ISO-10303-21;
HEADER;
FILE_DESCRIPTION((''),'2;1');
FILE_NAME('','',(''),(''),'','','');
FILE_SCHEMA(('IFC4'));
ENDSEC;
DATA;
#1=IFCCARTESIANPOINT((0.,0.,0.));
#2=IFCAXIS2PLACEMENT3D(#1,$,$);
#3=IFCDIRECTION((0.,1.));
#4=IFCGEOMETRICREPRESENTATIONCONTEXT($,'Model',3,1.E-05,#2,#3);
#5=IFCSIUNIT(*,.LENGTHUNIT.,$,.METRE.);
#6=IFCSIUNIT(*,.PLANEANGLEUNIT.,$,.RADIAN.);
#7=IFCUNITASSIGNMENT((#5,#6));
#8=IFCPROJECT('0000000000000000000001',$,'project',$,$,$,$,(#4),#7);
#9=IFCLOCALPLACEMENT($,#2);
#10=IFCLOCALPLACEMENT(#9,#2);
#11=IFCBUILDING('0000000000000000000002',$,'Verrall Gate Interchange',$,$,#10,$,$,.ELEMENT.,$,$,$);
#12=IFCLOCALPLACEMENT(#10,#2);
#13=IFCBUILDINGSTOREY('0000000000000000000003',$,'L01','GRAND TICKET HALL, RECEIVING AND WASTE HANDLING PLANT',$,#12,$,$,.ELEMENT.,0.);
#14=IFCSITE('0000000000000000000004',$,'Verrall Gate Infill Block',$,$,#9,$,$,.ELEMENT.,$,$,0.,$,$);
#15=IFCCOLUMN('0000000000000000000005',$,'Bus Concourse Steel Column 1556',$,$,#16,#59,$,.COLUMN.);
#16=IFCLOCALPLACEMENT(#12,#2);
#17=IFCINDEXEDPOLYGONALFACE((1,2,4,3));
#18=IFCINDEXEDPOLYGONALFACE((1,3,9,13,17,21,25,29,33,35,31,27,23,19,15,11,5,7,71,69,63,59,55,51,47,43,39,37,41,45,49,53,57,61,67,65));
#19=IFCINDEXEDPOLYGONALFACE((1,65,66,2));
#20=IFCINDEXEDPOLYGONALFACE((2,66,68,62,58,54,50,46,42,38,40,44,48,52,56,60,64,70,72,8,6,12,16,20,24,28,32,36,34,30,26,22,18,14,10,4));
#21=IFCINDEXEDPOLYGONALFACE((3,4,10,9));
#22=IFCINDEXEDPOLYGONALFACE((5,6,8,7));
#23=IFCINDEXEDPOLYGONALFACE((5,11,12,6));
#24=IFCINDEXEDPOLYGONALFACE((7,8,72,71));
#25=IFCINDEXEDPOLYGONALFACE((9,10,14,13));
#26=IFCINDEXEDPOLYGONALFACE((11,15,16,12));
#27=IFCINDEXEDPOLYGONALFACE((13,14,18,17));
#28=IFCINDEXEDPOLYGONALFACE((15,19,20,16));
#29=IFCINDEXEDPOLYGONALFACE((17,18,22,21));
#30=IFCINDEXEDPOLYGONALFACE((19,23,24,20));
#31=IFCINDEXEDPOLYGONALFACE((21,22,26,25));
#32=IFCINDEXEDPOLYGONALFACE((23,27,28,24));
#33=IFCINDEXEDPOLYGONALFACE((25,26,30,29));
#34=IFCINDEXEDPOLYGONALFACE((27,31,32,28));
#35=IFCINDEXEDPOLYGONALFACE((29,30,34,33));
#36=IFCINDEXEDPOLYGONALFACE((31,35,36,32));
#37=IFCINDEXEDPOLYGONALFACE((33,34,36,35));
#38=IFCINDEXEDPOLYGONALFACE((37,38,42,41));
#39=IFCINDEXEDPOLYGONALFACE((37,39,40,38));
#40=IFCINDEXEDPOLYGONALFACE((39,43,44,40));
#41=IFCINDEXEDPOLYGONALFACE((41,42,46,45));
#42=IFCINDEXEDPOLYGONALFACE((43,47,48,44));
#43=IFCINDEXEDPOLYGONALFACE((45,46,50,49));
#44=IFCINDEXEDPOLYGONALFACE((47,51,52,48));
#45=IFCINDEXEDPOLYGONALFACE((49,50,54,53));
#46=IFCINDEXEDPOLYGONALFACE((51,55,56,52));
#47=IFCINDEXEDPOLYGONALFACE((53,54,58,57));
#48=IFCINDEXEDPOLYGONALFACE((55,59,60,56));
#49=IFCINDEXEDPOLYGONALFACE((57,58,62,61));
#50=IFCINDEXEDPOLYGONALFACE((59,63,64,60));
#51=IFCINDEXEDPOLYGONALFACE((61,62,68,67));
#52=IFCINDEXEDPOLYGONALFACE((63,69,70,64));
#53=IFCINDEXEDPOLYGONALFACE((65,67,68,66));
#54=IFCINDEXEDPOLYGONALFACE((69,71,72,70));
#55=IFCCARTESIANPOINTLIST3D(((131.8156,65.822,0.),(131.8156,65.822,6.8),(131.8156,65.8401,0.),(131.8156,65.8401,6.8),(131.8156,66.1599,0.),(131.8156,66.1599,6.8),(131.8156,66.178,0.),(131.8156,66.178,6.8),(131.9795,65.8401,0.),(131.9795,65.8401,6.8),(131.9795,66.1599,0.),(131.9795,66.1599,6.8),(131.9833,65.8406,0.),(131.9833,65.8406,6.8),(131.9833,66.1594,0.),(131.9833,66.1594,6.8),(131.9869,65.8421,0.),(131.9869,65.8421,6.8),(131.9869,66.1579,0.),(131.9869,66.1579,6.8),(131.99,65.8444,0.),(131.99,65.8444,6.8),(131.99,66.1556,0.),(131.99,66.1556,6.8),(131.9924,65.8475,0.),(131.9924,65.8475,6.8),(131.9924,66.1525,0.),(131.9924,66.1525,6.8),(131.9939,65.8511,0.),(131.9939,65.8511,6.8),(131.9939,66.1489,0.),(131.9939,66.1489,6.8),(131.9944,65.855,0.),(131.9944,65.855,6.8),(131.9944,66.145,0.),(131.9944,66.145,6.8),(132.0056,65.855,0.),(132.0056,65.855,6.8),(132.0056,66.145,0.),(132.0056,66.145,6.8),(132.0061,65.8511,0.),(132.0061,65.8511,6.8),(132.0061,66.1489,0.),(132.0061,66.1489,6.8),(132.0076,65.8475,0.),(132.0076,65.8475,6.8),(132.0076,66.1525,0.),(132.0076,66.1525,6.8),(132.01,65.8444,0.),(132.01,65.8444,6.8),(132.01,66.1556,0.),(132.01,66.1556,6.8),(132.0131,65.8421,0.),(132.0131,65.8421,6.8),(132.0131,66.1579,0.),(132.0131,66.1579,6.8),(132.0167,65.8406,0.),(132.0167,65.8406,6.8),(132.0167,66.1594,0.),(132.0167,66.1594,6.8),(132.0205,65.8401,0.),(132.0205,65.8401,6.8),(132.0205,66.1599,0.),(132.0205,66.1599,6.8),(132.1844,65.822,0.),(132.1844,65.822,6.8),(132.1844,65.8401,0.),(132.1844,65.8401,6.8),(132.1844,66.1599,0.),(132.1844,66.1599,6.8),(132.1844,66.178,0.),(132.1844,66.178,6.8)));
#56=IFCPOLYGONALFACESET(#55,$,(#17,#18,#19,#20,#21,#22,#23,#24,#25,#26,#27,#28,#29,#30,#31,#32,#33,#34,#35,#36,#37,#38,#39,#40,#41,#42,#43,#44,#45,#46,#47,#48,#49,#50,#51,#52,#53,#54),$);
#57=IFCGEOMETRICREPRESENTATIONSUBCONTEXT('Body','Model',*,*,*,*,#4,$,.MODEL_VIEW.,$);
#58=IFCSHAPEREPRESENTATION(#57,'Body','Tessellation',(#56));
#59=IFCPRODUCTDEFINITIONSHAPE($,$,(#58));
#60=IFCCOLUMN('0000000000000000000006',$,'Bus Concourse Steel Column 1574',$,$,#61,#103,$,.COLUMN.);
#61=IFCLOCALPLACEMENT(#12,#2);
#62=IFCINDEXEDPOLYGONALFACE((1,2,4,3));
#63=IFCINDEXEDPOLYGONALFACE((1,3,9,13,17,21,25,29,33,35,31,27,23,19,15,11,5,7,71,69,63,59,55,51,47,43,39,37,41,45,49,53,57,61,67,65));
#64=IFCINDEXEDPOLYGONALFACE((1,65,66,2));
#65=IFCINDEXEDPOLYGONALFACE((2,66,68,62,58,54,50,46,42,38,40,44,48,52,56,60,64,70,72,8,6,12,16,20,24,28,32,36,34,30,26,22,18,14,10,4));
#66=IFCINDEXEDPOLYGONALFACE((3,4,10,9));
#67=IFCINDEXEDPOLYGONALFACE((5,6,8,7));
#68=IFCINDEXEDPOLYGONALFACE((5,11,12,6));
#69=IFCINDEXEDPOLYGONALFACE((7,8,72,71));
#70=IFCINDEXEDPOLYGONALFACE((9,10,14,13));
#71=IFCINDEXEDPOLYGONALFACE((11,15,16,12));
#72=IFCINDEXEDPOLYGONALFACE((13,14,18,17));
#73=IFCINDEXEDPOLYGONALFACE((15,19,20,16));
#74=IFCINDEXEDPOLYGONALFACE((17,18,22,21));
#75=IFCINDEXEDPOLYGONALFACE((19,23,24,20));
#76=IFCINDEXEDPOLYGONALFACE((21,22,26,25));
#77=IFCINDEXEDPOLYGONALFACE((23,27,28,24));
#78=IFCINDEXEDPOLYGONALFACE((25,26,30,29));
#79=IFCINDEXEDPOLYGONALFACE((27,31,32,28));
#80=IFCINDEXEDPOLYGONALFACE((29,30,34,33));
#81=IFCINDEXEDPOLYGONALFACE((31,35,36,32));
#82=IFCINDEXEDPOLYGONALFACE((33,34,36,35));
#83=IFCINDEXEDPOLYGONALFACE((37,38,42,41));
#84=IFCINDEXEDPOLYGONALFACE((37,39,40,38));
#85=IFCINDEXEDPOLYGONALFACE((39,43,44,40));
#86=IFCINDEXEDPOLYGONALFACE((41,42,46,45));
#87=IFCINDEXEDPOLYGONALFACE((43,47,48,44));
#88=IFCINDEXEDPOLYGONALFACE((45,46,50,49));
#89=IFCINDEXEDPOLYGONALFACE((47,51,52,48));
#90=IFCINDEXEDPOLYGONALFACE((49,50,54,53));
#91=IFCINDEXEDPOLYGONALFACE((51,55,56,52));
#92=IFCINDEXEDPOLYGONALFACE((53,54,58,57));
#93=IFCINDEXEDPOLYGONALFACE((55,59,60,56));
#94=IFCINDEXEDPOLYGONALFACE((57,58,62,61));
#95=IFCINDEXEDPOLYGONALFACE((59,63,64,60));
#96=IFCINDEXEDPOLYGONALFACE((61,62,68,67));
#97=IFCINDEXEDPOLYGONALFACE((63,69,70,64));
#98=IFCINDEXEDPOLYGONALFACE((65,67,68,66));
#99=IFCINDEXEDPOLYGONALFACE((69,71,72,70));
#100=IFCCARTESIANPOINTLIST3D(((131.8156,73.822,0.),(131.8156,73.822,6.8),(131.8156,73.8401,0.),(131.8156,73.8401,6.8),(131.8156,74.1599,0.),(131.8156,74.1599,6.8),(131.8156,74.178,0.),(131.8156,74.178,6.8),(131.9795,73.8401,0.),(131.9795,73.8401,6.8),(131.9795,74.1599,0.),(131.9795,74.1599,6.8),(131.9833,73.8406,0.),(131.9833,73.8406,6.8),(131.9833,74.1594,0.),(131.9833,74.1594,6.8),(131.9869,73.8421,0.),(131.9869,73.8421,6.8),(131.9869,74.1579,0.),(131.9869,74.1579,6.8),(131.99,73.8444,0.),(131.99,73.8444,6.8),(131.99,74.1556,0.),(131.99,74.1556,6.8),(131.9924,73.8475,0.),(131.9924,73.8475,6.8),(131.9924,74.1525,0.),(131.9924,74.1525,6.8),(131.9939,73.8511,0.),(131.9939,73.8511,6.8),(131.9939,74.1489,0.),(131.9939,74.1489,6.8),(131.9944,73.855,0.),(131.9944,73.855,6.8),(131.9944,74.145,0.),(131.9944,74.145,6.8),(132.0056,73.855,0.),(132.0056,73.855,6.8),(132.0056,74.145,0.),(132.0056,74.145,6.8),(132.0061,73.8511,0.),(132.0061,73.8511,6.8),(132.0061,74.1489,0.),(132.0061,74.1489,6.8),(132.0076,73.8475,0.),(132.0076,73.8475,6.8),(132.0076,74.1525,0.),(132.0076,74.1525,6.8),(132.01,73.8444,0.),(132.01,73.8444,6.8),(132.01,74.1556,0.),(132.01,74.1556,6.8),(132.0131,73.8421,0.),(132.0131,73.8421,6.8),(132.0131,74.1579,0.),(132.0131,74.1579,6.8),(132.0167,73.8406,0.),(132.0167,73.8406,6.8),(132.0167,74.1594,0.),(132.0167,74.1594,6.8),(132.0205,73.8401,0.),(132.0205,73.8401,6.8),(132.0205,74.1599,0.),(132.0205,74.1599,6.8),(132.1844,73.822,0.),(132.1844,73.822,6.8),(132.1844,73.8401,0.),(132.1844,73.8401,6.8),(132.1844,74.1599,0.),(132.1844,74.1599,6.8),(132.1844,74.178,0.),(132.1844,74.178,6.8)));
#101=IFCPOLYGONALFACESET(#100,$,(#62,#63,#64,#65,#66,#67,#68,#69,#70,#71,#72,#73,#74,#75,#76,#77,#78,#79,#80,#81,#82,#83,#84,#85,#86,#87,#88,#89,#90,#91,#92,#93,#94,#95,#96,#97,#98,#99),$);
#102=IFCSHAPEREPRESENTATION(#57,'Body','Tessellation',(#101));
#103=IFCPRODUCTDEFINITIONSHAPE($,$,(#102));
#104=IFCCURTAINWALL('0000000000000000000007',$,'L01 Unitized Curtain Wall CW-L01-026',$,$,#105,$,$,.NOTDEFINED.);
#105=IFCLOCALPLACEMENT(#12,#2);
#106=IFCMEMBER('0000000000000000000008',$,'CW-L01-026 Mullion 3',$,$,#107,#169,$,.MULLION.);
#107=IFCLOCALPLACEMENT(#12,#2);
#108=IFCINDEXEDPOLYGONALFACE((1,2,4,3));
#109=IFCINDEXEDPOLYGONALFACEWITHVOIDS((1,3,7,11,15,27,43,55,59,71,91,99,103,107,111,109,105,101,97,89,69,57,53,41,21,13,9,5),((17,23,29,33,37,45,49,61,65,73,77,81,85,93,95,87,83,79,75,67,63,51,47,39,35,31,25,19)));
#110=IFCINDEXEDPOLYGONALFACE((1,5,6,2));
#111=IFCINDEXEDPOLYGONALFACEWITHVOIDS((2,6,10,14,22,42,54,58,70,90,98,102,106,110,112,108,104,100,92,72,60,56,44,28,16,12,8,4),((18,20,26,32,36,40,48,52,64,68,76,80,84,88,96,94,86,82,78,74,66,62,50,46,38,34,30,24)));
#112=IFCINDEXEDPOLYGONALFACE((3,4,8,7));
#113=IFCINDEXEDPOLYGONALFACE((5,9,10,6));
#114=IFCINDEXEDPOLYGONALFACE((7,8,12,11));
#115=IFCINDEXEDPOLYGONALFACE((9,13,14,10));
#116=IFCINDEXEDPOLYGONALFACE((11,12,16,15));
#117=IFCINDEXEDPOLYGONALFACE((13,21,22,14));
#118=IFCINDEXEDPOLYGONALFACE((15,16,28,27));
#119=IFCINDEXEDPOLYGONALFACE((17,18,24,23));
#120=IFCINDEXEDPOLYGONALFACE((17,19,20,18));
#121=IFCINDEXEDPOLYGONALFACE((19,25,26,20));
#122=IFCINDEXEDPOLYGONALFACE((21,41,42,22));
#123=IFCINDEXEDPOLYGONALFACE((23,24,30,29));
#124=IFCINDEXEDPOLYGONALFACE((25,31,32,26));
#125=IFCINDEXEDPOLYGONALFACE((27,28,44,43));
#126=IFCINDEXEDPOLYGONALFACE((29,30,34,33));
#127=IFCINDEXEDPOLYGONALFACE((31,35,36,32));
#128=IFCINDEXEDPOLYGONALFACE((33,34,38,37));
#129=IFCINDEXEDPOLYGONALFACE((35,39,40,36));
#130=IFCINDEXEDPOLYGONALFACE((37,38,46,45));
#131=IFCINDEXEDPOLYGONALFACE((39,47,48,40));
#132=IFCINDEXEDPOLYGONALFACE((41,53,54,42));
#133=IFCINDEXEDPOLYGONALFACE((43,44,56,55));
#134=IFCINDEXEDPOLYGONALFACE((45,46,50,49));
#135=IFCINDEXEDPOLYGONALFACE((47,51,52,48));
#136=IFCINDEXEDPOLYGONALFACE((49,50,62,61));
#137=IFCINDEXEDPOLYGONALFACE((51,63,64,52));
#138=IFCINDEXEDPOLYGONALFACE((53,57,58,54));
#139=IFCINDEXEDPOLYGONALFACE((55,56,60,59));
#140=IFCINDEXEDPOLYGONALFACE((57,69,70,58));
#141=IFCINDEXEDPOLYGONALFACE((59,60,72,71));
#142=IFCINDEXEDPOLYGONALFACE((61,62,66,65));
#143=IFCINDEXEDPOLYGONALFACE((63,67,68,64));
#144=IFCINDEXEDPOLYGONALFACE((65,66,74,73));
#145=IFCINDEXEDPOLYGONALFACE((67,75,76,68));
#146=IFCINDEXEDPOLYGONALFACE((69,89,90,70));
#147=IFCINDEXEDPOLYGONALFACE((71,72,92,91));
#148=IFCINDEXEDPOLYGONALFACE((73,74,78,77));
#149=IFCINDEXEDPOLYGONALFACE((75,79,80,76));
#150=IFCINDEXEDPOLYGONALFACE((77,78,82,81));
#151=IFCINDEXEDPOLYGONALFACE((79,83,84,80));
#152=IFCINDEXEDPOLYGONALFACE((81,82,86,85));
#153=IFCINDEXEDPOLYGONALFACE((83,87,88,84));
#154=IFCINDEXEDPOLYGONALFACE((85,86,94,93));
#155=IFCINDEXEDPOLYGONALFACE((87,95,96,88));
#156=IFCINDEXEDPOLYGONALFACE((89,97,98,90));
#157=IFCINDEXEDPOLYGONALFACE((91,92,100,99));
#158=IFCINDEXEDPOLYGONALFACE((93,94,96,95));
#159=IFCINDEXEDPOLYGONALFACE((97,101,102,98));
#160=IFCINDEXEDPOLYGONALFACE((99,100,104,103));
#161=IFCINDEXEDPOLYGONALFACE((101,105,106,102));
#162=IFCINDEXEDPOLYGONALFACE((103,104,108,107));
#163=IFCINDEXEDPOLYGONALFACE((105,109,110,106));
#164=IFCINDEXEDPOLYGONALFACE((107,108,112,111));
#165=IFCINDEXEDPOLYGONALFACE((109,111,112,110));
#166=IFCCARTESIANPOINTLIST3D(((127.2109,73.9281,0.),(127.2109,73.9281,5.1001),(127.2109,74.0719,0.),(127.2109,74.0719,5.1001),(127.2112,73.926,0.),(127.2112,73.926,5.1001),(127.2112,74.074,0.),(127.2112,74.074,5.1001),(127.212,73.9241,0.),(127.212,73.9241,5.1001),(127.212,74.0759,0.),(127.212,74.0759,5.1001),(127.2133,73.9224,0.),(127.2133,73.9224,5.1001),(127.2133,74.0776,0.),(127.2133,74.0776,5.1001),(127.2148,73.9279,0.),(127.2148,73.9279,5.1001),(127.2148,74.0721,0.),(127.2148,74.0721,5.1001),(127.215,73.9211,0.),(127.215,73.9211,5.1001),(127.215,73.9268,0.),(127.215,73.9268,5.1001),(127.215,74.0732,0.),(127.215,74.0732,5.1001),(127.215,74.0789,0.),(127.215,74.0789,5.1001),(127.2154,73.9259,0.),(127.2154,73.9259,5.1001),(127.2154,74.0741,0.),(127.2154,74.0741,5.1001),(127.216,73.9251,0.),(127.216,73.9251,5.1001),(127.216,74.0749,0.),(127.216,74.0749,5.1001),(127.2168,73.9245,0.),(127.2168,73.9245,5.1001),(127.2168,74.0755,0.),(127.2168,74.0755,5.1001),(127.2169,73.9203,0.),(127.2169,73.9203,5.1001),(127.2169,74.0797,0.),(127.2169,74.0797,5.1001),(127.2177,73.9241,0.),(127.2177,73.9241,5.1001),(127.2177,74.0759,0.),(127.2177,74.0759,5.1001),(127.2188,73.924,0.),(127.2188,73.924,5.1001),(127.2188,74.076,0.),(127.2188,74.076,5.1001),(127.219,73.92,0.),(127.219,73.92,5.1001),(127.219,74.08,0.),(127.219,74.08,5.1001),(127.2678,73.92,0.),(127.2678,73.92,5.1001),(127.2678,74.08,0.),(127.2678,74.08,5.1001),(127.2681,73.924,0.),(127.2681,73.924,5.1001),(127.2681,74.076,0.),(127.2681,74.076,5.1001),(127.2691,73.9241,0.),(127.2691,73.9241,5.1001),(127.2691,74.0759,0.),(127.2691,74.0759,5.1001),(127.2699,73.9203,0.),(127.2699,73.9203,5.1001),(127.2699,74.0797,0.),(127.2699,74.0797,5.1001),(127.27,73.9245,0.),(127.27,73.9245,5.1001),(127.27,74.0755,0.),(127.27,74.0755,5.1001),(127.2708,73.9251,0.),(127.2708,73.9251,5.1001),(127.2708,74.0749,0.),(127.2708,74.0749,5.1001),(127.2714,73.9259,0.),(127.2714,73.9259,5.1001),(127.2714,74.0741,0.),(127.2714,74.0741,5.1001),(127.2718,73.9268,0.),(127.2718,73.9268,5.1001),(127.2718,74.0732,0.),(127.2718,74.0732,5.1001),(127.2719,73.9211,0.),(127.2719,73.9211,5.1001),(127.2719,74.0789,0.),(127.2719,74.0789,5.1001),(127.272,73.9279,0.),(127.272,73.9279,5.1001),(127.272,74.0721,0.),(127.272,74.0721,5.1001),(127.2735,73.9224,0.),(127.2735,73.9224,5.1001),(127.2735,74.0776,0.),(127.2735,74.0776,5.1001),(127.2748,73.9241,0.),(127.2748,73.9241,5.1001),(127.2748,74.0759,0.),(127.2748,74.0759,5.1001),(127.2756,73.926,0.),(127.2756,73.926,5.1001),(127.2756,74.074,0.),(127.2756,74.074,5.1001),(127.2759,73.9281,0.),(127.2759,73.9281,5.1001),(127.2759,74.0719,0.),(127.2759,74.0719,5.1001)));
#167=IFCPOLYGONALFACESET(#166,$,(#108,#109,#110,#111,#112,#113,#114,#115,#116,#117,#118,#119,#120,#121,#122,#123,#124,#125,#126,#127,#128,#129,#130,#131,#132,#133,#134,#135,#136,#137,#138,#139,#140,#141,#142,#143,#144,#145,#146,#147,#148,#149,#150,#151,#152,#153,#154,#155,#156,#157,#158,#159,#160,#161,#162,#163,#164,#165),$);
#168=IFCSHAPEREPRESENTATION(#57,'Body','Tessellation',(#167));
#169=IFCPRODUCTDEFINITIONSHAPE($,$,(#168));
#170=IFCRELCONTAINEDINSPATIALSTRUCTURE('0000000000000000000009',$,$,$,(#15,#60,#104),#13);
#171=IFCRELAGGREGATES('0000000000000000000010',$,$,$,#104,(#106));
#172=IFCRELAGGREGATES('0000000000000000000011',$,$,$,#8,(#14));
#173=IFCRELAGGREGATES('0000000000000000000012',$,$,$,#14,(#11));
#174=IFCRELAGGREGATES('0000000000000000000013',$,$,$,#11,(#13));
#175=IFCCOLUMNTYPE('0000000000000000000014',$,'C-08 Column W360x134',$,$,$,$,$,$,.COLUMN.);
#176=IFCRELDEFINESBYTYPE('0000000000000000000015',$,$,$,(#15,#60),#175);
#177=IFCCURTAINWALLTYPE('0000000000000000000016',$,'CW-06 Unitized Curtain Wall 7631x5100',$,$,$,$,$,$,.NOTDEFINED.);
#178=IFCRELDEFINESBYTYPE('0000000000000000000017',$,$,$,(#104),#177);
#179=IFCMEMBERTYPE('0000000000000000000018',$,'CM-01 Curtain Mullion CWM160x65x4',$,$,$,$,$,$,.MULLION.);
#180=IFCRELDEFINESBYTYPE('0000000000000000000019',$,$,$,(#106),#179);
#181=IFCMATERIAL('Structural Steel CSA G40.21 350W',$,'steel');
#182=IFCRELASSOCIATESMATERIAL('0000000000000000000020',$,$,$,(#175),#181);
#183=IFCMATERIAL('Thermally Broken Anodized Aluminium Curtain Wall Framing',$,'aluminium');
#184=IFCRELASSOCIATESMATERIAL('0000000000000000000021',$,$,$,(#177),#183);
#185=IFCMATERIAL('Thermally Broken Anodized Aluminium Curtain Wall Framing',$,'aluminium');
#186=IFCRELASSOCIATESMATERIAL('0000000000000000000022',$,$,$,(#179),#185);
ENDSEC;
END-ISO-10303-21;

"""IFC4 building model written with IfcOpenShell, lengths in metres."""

from ifc_helpers import new_model, si_unit, direction, frame, origin, origin_2d, place, context, subcontext, project, spatial, hollow_rectangle, i_section, extrude, material, material_profile, profile_set, type_object, element, aggregate, save


model = new_model("IFC4")

# Units and contexts
model_context = context("Model", 3, precision=1e-05, world=origin(), true_north=direction((0.0, 1.0)))
body_context = subcontext(model_context, "Body", "Model", "MODEL_VIEW")
ifc_project = project(units=[si_unit("LENGTHUNIT", "METRE"), si_unit("PLANEANGLEUNIT", "RADIAN")], contexts=[model_context])

# Site, building, storey
site_placement = place(None, origin())
site = spatial("IfcSite", under=ifc_project, at=site_placement, Name="Verrall Gate Infill Block", CompositionType="ELEMENT", RefElevation=0.0)
building_placement = place(site_placement, origin())
building = spatial("IfcBuilding", under=site, at=building_placement, Name="Verrall Gate Interchange", CompositionType="ELEMENT")
storey_placement = place(building_placement, origin())
storey = spatial("IfcBuildingStorey", under=building, at=storey_placement, Name="L01", Description="GRAND TICKET HALL, RECEIVING AND WASTE HANDLING PLANT", CompositionType="ELEMENT", Elevation=0.0)

# Columns
ifc_material_1 = material(Name="Structural Steel CSA G40.21 350W", Category="steel")
ifc_material_profile_1 = material_profile(ifc_material_1, i_section(OverallWidth=0.3689, OverallDepth=0.356, WebThickness=0.0112, FlangeThickness=0.0181, FilletRadius=0.0149, at=origin_2d()), Name="W360x134")
ifc_profile_set_1 = profile_set([ifc_material_profile_1], Name="Structural Steel CSA G40.21 350W")
column_type = type_object("IfcColumnType", Name="C-08 Column W360x134", PredefinedType="COLUMN", material=ifc_profile_set_1)
for number, where, z_axis, x_axis, name in (
    (1, (132.0, 66.0, 0.0), (0.0, 0.0, 1.0), (1.0, 0.0, 0.0), "Bus Concourse Steel Column 1556"),
    (2, (132.0, 74.0, 0.0), (0.0, 0.0, 1.0), (1.0, 0.0, 0.0), "Bus Concourse Steel Column 1574"),
):
    element("IfcColumn", number, at=place(storey_placement, frame(where, z_axis=z_axis, x_axis=x_axis)), inside=storey, type_object=column_type, Name=name, PredefinedType="COLUMN", context=body_context, shape_type="SweptSolid", body=[
        extrude(i_section(OverallWidth=0.3689, OverallDepth=0.356, WebThickness=0.0112, FlangeThickness=0.0181, FilletRadius=0.0149, at=origin_2d()), origin(), (0.0, 0.0, 1.0), 6.8),
    ])

# Curtain wall, member
ifc_material_2 = material(Name="Thermally Broken Anodized Aluminium Curtain Wall Framing", Category="aluminium")
curtain_wall_type = type_object("IfcCurtainWallType", Name="CW-06 Unitized Curtain Wall 7631x5100", PredefinedType="NOTDEFINED", material=ifc_material_2)
curtain_wall_1_placement = place(storey_placement, origin())
curtain_wall_1 = element("IfcCurtainWall", 3, at=curtain_wall_1_placement, inside=storey, type_object=curtain_wall_type, Name="L01 Unitized Curtain Wall CW-L01-026", PredefinedType="NOTDEFINED")
ifc_material_3 = material(Name="Thermally Broken Anodized Aluminium Curtain Wall Framing", Category="aluminium")
ifc_material_profile_2 = material_profile(ifc_material_3, hollow_rectangle(XDim=0.0649, YDim=0.1599, WallThickness=0.0039, InnerFilletRadius=0.0039, OuterFilletRadius=0.0081, at=origin_2d()), Name="CWM160x65x4")
ifc_profile_set_2 = profile_set([ifc_material_profile_2], Name="Thermally Broken Anodized Aluminium Curtain Wall Framing")
member_type_1 = type_object("IfcMemberType", Name="CM-01 Curtain Mullion CWM160x65x4", PredefinedType="MULLION", material=ifc_profile_set_2)
member_1_placement = place(storey_placement, frame((127.2434, 74.0, 0.0), z_axis=(0.0, 0.0, 1.0), x_axis=(1.0, 0.0, 0.0)))
member_1 = element("IfcMember", 4, at=member_1_placement, type_object=member_type_1, Name="CW-L01-026 Mullion 3", PredefinedType="MULLION", context=body_context, shape_type="SweptSolid", body=[
    extrude(hollow_rectangle(XDim=0.0649, YDim=0.1599, WallThickness=0.0039, InnerFilletRadius=0.0039, OuterFilletRadius=0.0081, at=origin_2d()), origin(), (0.0, 0.0, 1.0), 5.1001),
])

aggregate(curtain_wall_1, [member_1])

save(model, "model.ifc")
